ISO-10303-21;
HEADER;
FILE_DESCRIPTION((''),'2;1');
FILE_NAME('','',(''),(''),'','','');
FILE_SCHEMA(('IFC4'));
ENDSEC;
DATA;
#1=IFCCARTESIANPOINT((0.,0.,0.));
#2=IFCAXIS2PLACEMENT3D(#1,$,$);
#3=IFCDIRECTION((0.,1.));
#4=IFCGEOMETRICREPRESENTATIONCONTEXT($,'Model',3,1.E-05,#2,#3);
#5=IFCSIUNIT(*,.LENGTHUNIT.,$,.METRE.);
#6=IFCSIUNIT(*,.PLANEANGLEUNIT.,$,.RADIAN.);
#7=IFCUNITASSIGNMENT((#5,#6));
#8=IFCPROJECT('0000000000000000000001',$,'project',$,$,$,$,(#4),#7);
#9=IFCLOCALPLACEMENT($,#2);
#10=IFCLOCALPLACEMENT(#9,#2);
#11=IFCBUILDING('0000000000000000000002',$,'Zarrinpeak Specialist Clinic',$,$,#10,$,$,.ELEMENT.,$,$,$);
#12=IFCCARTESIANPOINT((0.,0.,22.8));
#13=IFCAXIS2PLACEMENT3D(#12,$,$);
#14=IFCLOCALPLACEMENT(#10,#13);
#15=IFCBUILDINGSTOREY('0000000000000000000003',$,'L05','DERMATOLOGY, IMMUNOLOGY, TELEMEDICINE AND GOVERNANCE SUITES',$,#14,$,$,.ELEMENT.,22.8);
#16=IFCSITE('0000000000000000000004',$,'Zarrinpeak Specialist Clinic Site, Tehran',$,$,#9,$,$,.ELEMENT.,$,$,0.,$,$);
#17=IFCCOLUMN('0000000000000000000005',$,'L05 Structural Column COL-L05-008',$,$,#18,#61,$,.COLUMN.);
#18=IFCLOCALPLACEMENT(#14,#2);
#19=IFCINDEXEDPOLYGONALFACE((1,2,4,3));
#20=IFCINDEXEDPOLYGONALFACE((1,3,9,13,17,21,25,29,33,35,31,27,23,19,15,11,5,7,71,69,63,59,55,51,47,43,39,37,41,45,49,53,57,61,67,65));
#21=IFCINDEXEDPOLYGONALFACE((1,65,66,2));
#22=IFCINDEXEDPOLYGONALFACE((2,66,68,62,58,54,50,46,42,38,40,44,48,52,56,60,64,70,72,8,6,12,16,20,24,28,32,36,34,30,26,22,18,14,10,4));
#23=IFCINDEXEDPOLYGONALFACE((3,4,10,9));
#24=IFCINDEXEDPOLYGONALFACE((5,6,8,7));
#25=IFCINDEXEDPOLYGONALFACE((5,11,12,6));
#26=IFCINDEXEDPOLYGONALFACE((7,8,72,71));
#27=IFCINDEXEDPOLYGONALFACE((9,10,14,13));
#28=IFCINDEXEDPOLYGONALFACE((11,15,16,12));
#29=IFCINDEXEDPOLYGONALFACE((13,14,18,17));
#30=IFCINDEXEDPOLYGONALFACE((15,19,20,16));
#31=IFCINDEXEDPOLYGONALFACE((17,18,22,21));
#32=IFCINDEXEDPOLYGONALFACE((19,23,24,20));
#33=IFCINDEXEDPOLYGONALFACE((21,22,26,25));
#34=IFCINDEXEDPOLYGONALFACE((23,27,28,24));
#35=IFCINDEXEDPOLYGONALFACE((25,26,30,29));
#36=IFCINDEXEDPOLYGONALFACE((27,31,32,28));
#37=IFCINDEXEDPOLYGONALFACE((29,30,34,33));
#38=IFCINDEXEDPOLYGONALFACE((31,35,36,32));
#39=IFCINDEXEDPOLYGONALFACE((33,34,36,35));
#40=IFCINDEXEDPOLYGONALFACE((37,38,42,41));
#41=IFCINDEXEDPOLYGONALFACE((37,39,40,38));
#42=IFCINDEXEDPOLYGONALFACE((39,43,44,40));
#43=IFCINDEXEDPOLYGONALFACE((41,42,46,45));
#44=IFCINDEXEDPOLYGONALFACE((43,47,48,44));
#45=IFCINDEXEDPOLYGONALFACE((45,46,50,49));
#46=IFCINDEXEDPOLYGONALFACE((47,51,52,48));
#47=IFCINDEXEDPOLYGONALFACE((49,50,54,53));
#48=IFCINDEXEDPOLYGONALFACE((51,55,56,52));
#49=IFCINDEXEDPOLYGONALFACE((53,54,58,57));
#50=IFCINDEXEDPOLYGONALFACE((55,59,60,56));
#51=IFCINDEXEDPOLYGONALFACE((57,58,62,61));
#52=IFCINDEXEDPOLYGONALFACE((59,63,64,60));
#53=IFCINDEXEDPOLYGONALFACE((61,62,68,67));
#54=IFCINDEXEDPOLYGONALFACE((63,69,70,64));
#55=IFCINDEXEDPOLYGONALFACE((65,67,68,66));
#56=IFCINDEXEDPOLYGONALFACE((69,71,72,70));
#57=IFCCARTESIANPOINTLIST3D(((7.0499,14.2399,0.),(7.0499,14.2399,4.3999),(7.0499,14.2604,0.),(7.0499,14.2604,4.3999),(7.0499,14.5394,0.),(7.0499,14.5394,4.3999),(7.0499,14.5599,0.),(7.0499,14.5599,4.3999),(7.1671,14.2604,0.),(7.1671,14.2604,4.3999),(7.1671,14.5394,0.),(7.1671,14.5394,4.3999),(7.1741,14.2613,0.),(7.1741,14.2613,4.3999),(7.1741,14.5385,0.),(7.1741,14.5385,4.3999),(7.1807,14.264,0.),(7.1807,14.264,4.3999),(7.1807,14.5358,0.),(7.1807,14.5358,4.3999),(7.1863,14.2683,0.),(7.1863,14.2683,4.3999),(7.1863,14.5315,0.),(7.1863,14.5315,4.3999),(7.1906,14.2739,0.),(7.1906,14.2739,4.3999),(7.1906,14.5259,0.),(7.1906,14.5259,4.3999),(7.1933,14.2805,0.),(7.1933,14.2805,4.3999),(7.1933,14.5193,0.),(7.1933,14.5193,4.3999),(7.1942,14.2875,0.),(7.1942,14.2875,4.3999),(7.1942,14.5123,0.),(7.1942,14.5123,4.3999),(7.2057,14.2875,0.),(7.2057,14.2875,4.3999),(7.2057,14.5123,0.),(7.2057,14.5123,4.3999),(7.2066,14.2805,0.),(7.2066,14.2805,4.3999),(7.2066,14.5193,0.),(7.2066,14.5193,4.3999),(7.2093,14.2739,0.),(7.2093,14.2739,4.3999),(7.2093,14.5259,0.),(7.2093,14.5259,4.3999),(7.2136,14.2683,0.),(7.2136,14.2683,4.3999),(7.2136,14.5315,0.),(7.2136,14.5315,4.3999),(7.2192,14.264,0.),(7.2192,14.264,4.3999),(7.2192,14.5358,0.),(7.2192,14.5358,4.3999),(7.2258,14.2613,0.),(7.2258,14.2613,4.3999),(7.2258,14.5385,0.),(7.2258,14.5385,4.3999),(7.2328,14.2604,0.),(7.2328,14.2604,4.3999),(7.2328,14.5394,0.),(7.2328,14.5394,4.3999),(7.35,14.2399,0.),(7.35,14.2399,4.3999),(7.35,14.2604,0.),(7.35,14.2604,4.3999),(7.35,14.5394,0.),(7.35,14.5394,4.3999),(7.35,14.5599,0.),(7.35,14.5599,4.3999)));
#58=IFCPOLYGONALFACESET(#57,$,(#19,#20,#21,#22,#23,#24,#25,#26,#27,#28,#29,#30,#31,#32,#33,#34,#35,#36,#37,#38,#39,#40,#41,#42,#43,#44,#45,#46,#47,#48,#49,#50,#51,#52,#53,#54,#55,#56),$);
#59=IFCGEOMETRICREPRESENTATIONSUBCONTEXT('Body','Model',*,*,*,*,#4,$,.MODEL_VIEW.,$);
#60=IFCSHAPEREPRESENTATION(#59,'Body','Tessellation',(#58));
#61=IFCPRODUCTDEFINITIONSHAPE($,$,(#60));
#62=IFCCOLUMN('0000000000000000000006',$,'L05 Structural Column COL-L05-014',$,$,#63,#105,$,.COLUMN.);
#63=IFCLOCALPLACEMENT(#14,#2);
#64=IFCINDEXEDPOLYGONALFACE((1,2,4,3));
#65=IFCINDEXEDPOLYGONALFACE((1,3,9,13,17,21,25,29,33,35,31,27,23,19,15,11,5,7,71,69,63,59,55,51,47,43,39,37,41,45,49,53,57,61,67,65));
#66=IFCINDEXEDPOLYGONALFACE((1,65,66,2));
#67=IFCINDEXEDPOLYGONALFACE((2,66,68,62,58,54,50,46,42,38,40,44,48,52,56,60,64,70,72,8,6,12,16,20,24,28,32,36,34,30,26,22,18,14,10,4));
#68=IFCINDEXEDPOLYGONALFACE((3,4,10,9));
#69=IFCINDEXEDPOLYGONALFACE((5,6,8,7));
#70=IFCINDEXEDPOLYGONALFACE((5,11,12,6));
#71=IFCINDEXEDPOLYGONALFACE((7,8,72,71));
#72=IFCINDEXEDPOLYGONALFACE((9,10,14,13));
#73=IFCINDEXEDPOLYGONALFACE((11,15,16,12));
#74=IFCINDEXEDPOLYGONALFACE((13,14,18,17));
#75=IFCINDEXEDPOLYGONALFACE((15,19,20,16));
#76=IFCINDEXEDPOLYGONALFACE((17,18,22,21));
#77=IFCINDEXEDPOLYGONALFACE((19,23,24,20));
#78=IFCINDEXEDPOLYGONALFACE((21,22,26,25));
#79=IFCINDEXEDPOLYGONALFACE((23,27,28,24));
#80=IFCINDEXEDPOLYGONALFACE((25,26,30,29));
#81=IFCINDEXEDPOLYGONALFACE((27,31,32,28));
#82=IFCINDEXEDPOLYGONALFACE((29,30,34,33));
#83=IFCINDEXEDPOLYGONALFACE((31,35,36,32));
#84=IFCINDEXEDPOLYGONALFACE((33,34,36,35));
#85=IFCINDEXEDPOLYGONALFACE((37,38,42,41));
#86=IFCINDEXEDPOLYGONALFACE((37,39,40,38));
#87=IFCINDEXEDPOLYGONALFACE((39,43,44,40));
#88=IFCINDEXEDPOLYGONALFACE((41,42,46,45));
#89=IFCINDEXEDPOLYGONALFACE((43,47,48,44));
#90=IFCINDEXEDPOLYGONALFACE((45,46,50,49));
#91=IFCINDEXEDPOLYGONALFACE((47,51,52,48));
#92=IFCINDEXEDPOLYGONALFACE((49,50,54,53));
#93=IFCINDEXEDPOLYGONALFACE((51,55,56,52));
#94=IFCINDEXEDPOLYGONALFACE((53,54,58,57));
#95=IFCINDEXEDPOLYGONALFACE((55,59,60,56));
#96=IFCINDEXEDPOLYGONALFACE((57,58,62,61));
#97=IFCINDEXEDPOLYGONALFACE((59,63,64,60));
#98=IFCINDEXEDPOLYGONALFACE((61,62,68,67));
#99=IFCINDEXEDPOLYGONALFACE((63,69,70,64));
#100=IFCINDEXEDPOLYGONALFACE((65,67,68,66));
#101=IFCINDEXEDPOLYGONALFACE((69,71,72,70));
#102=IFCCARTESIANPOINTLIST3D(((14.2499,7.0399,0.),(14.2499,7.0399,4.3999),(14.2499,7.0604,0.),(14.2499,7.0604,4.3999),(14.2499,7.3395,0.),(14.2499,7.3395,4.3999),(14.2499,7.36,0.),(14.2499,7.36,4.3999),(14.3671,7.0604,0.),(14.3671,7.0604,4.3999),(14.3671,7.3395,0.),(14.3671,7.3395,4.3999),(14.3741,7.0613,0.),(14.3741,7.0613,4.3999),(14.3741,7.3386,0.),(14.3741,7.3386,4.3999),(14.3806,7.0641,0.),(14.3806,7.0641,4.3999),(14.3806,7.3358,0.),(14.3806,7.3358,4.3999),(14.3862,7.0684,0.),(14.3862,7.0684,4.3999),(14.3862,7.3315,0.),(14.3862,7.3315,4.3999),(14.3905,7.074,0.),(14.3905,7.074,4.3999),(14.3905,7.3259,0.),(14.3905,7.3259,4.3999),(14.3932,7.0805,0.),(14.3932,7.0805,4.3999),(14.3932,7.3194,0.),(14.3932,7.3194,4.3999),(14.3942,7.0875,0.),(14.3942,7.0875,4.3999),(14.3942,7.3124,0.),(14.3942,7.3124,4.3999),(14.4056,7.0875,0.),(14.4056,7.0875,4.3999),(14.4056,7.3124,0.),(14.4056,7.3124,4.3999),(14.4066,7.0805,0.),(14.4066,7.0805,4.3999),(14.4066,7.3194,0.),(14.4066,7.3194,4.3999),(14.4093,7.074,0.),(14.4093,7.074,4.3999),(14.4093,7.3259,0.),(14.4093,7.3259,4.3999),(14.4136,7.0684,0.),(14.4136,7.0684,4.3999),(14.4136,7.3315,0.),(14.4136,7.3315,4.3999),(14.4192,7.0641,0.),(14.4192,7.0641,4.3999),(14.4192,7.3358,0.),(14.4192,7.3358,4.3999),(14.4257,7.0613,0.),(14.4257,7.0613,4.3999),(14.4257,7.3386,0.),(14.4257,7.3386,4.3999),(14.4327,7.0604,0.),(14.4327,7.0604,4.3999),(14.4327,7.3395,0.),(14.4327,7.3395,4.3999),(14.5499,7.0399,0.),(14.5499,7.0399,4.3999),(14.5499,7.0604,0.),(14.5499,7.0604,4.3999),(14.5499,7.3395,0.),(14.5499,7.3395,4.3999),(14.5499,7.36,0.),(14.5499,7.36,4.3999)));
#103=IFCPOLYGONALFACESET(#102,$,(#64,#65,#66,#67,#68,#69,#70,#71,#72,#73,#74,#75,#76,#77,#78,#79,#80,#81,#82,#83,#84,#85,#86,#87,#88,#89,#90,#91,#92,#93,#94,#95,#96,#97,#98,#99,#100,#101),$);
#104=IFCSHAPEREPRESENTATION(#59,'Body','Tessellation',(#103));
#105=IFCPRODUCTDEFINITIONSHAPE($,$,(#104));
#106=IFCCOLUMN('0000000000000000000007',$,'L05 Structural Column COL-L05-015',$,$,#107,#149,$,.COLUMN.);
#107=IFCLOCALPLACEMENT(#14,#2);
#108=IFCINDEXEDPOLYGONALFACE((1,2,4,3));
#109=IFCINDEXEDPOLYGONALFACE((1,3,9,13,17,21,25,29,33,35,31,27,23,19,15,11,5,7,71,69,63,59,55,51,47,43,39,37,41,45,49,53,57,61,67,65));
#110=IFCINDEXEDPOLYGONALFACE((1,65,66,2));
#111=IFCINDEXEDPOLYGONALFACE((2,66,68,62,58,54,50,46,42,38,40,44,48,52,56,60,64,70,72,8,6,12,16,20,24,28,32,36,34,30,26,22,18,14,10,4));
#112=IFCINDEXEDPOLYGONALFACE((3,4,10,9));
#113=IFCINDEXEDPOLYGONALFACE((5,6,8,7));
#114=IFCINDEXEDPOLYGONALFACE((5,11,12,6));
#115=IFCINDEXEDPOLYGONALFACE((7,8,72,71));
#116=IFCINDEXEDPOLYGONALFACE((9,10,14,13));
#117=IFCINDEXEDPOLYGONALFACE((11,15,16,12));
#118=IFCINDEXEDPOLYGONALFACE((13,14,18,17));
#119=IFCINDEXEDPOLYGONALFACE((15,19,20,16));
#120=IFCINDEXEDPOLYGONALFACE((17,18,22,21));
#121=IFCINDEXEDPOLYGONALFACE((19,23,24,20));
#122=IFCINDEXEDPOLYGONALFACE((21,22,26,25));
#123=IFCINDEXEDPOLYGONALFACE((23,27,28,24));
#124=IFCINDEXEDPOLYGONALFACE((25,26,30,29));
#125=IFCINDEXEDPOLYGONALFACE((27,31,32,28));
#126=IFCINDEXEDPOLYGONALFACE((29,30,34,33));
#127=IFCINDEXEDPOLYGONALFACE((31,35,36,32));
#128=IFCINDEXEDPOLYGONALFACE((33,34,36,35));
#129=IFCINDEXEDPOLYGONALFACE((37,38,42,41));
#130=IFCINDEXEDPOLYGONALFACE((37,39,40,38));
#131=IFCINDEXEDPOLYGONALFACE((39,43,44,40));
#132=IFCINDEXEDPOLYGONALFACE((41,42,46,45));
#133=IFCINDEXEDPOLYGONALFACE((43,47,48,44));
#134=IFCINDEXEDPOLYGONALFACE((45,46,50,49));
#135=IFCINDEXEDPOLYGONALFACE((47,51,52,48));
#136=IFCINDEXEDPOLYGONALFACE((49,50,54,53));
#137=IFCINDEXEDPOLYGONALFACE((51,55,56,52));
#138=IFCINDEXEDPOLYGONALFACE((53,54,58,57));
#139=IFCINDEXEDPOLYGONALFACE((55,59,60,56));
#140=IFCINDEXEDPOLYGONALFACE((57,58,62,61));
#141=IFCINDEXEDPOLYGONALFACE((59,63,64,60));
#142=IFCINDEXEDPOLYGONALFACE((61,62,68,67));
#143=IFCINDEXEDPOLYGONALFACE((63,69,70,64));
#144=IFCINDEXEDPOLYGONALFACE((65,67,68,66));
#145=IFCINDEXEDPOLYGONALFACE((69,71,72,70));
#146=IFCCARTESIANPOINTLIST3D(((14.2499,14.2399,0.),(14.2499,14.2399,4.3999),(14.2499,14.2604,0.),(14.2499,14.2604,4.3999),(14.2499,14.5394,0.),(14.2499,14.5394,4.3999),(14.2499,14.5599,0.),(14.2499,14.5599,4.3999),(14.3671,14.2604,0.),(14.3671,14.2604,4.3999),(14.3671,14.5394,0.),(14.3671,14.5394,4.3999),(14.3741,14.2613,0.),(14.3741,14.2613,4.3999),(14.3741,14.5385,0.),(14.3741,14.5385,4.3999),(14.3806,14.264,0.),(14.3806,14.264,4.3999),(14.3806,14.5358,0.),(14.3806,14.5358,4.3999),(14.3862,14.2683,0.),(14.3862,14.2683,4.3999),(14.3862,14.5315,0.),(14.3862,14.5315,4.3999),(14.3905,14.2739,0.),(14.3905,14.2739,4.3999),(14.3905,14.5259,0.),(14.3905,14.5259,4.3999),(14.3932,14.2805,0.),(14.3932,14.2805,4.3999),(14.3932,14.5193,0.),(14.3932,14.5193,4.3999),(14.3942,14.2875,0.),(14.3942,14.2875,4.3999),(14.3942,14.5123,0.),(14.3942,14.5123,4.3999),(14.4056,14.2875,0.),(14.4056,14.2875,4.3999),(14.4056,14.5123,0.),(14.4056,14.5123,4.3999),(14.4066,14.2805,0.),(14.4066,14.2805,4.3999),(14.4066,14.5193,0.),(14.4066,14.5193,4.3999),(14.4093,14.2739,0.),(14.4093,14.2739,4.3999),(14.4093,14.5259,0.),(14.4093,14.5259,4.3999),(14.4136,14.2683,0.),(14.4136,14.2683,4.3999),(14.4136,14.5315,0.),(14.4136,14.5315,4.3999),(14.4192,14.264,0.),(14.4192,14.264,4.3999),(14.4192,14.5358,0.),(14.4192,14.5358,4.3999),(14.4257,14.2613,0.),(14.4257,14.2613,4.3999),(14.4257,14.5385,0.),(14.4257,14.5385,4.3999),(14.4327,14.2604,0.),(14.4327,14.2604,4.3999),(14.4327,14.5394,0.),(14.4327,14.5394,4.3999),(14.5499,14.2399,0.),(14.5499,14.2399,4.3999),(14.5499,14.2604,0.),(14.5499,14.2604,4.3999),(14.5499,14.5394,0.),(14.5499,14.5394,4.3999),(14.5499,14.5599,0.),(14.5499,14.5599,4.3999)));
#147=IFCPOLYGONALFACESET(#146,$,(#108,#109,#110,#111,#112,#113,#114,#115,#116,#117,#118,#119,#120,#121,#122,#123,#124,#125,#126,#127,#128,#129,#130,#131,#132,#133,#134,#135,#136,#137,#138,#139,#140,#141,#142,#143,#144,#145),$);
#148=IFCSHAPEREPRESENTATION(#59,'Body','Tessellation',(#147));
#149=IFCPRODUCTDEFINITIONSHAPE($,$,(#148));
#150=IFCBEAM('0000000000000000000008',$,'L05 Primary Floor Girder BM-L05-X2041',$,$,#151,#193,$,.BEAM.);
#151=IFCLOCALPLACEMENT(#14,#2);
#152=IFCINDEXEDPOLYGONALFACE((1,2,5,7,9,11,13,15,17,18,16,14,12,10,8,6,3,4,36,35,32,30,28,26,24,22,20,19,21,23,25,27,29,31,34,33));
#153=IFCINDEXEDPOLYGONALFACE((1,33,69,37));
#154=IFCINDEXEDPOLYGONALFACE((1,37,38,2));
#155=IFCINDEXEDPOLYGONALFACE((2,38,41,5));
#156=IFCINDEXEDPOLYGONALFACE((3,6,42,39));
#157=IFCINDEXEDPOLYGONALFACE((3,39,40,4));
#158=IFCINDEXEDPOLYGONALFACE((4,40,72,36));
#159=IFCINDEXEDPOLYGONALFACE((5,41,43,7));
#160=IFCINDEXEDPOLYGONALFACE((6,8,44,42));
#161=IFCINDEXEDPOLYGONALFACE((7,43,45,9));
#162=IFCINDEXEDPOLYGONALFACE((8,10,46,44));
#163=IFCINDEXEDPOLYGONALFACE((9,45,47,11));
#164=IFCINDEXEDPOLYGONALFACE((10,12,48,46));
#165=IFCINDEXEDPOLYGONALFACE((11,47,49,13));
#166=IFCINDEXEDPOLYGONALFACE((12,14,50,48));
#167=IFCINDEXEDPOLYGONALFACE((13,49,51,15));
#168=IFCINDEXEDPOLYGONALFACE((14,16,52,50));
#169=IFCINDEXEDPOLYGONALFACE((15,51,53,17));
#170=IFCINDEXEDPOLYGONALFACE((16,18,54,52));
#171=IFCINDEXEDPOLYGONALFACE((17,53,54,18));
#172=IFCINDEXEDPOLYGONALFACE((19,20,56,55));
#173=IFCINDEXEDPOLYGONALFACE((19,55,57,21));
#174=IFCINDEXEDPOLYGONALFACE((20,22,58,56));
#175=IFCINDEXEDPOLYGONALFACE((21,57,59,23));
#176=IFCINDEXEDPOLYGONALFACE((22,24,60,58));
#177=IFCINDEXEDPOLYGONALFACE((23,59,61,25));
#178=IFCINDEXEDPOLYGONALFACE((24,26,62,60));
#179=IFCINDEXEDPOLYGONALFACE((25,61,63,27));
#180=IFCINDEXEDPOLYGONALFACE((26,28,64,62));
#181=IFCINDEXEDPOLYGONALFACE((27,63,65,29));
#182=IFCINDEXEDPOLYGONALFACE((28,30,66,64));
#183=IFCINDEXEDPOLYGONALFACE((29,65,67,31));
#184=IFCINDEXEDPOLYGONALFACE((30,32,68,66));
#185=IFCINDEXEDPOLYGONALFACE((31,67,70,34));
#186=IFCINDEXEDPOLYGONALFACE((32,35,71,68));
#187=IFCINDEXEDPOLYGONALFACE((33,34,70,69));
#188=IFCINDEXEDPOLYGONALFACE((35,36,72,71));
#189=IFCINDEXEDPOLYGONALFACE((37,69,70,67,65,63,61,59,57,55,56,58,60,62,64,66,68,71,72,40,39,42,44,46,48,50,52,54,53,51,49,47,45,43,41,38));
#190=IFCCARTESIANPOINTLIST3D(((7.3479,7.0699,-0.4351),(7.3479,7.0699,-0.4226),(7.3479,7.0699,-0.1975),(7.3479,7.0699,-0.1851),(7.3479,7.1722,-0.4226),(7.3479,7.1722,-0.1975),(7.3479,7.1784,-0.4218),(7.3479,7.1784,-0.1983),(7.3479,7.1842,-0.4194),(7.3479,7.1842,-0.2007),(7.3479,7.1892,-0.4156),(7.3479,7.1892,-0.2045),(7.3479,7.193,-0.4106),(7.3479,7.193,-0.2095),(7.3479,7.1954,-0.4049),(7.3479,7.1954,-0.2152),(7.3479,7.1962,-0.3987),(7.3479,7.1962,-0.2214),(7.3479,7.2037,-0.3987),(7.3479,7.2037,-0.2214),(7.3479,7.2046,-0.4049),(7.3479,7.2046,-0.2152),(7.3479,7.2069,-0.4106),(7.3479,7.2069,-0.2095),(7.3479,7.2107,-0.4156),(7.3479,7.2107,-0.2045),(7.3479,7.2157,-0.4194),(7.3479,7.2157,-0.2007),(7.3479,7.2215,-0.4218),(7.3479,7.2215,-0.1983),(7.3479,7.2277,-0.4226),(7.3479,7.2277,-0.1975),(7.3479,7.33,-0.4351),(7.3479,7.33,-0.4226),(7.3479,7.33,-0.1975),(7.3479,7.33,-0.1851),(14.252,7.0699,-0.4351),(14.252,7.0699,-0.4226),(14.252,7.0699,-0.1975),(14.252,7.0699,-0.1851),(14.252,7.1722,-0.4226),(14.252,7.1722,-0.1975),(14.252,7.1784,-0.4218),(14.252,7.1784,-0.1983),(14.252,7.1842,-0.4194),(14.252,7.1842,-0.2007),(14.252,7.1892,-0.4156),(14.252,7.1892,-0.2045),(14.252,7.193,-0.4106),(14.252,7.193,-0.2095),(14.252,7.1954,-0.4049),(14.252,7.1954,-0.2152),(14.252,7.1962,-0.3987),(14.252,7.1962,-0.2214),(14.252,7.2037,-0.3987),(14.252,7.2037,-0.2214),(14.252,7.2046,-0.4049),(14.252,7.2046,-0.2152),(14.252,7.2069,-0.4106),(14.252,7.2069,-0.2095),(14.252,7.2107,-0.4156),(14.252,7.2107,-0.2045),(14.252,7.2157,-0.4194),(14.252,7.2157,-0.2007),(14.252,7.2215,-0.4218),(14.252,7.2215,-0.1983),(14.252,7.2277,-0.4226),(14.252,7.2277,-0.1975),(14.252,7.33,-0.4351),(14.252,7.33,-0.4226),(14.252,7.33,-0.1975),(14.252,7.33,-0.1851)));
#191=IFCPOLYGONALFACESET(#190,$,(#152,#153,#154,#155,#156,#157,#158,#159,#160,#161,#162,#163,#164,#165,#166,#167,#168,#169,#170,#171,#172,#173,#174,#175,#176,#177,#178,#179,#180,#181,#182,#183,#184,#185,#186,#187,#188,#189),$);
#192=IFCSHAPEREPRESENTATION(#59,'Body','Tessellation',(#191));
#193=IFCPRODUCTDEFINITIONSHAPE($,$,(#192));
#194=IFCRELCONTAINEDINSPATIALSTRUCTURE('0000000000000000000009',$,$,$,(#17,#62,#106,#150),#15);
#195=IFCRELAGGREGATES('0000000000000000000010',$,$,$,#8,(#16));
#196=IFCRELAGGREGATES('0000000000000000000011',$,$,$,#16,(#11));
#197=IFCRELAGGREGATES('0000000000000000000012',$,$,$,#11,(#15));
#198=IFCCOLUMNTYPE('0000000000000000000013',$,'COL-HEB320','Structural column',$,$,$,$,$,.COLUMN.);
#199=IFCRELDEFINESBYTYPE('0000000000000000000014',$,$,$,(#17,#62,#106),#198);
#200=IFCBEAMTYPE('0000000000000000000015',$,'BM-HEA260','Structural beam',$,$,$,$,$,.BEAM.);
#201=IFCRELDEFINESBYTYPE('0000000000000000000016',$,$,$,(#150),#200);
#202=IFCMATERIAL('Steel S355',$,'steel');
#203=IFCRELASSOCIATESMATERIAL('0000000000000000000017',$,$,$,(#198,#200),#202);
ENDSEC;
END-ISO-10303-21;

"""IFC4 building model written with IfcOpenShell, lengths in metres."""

from ifc_helpers import new_model, si_unit, direction, frame, origin, origin_2d, place, context, subcontext, project, spatial, i_section, extrude, material, material_profile, profile_set, type_object, element, save


model = new_model("IFC4")

# Units and contexts
model_context = context("Model", 3, precision=1e-05, world=origin(), true_north=direction((0.0, 1.0)))
body_context = subcontext(model_context, "Body", "Model", "MODEL_VIEW")
ifc_project = project(units=[si_unit("LENGTHUNIT", "METRE"), si_unit("PLANEANGLEUNIT", "RADIAN")], contexts=[model_context])

# Site, building, storey
site_placement = place(None, origin())
site = spatial("IfcSite", under=ifc_project, at=site_placement, Name="Zarrinpeak Specialist Clinic Site, Tehran", CompositionType="ELEMENT", RefElevation=0.0)
building_placement = place(site_placement, origin())
building = spatial("IfcBuilding", under=site, at=building_placement, Name="Zarrinpeak Specialist Clinic", CompositionType="ELEMENT")
storey_placement = place(building_placement, frame((0.0, 0.0, 22.8)))
storey = spatial("IfcBuildingStorey", under=building, at=storey_placement, Name="L05", Description="DERMATOLOGY, IMMUNOLOGY, TELEMEDICINE AND GOVERNANCE SUITES", CompositionType="ELEMENT", Elevation=22.8)

# Columns
ifc_material_1 = material(Name="Steel S355", Category="steel")
ifc_material_profile_1 = material_profile(ifc_material_1, i_section(OverallWidth=0.3, OverallDepth=0.3201, WebThickness=0.0115, FlangeThickness=0.0205, FilletRadius=0.0271, at=origin_2d()), Name="HEB 320")
ifc_profile_set_1 = profile_set([ifc_material_profile_1], Name="Steel S355")
column_type = type_object("IfcColumnType", Name="COL-HEB320", Description="Structural column", PredefinedType="COLUMN", material=ifc_profile_set_1)
for number, where, z_axis, x_axis, name in (
    (1, (7.2, 14.3999, 0.0), (0.0, 0.0, 1.0), (1.0, 0.0, 0.0), "L05 Structural Column COL-L05-008"),
    (2, (14.3999, 7.2, 0.0), (0.0, 0.0, 1.0), (1.0, 0.0, 0.0), "L05 Structural Column COL-L05-014"),
    (3, (14.3999, 14.3999, 0.0), (0.0, 0.0, 1.0), (1.0, 0.0, 0.0), "L05 Structural Column COL-L05-015"),
):
    element("IfcColumn", number, at=place(storey_placement, frame(where, z_axis=z_axis, x_axis=x_axis)), inside=storey, type_object=column_type, Name=name, PredefinedType="COLUMN", context=body_context, shape_type="SweptSolid", body=[
        extrude(i_section(OverallWidth=0.3, OverallDepth=0.3201, WebThickness=0.0115, FlangeThickness=0.0205, FilletRadius=0.0271, at=origin_2d()), origin(), (0.0, 0.0, 1.0), 4.3999),
    ])

# Beam
ifc_material_profile_2 = material_profile(ifc_material_1, i_section(OverallWidth=0.26, OverallDepth=0.25, WebThickness=0.0076, FlangeThickness=0.0125, FilletRadius=0.0239, at=origin_2d()), Name="HEA 260")
ifc_profile_set_2 = profile_set([ifc_material_profile_2], Name="Steel S355")
beam_type_1 = type_object("IfcBeamType", Name="BM-HEA260", Description="Structural beam", PredefinedType="BEAM", material=ifc_profile_set_2)
for number, where, z_axis, x_axis, name in (
    (4, (7.3479, 7.2, -0.3101), (1.0, 0.0, 0.0), (0.0, 1.0, 0.0), "L05 Primary Floor Girder BM-L05-X2041"),
):
    element("IfcBeam", number, at=place(storey_placement, frame(where, z_axis=z_axis, x_axis=x_axis)), inside=storey, type_object=beam_type_1, Name=name, PredefinedType="BEAM", context=body_context, shape_type="SweptSolid", body=[
        extrude(i_section(OverallWidth=0.26, OverallDepth=0.25, WebThickness=0.0076, FlangeThickness=0.0125, FilletRadius=0.0239, at=origin_2d()), origin(), (0.0, 0.0, 1.0), 6.9041),
    ])

save(model, "model.ifc")
